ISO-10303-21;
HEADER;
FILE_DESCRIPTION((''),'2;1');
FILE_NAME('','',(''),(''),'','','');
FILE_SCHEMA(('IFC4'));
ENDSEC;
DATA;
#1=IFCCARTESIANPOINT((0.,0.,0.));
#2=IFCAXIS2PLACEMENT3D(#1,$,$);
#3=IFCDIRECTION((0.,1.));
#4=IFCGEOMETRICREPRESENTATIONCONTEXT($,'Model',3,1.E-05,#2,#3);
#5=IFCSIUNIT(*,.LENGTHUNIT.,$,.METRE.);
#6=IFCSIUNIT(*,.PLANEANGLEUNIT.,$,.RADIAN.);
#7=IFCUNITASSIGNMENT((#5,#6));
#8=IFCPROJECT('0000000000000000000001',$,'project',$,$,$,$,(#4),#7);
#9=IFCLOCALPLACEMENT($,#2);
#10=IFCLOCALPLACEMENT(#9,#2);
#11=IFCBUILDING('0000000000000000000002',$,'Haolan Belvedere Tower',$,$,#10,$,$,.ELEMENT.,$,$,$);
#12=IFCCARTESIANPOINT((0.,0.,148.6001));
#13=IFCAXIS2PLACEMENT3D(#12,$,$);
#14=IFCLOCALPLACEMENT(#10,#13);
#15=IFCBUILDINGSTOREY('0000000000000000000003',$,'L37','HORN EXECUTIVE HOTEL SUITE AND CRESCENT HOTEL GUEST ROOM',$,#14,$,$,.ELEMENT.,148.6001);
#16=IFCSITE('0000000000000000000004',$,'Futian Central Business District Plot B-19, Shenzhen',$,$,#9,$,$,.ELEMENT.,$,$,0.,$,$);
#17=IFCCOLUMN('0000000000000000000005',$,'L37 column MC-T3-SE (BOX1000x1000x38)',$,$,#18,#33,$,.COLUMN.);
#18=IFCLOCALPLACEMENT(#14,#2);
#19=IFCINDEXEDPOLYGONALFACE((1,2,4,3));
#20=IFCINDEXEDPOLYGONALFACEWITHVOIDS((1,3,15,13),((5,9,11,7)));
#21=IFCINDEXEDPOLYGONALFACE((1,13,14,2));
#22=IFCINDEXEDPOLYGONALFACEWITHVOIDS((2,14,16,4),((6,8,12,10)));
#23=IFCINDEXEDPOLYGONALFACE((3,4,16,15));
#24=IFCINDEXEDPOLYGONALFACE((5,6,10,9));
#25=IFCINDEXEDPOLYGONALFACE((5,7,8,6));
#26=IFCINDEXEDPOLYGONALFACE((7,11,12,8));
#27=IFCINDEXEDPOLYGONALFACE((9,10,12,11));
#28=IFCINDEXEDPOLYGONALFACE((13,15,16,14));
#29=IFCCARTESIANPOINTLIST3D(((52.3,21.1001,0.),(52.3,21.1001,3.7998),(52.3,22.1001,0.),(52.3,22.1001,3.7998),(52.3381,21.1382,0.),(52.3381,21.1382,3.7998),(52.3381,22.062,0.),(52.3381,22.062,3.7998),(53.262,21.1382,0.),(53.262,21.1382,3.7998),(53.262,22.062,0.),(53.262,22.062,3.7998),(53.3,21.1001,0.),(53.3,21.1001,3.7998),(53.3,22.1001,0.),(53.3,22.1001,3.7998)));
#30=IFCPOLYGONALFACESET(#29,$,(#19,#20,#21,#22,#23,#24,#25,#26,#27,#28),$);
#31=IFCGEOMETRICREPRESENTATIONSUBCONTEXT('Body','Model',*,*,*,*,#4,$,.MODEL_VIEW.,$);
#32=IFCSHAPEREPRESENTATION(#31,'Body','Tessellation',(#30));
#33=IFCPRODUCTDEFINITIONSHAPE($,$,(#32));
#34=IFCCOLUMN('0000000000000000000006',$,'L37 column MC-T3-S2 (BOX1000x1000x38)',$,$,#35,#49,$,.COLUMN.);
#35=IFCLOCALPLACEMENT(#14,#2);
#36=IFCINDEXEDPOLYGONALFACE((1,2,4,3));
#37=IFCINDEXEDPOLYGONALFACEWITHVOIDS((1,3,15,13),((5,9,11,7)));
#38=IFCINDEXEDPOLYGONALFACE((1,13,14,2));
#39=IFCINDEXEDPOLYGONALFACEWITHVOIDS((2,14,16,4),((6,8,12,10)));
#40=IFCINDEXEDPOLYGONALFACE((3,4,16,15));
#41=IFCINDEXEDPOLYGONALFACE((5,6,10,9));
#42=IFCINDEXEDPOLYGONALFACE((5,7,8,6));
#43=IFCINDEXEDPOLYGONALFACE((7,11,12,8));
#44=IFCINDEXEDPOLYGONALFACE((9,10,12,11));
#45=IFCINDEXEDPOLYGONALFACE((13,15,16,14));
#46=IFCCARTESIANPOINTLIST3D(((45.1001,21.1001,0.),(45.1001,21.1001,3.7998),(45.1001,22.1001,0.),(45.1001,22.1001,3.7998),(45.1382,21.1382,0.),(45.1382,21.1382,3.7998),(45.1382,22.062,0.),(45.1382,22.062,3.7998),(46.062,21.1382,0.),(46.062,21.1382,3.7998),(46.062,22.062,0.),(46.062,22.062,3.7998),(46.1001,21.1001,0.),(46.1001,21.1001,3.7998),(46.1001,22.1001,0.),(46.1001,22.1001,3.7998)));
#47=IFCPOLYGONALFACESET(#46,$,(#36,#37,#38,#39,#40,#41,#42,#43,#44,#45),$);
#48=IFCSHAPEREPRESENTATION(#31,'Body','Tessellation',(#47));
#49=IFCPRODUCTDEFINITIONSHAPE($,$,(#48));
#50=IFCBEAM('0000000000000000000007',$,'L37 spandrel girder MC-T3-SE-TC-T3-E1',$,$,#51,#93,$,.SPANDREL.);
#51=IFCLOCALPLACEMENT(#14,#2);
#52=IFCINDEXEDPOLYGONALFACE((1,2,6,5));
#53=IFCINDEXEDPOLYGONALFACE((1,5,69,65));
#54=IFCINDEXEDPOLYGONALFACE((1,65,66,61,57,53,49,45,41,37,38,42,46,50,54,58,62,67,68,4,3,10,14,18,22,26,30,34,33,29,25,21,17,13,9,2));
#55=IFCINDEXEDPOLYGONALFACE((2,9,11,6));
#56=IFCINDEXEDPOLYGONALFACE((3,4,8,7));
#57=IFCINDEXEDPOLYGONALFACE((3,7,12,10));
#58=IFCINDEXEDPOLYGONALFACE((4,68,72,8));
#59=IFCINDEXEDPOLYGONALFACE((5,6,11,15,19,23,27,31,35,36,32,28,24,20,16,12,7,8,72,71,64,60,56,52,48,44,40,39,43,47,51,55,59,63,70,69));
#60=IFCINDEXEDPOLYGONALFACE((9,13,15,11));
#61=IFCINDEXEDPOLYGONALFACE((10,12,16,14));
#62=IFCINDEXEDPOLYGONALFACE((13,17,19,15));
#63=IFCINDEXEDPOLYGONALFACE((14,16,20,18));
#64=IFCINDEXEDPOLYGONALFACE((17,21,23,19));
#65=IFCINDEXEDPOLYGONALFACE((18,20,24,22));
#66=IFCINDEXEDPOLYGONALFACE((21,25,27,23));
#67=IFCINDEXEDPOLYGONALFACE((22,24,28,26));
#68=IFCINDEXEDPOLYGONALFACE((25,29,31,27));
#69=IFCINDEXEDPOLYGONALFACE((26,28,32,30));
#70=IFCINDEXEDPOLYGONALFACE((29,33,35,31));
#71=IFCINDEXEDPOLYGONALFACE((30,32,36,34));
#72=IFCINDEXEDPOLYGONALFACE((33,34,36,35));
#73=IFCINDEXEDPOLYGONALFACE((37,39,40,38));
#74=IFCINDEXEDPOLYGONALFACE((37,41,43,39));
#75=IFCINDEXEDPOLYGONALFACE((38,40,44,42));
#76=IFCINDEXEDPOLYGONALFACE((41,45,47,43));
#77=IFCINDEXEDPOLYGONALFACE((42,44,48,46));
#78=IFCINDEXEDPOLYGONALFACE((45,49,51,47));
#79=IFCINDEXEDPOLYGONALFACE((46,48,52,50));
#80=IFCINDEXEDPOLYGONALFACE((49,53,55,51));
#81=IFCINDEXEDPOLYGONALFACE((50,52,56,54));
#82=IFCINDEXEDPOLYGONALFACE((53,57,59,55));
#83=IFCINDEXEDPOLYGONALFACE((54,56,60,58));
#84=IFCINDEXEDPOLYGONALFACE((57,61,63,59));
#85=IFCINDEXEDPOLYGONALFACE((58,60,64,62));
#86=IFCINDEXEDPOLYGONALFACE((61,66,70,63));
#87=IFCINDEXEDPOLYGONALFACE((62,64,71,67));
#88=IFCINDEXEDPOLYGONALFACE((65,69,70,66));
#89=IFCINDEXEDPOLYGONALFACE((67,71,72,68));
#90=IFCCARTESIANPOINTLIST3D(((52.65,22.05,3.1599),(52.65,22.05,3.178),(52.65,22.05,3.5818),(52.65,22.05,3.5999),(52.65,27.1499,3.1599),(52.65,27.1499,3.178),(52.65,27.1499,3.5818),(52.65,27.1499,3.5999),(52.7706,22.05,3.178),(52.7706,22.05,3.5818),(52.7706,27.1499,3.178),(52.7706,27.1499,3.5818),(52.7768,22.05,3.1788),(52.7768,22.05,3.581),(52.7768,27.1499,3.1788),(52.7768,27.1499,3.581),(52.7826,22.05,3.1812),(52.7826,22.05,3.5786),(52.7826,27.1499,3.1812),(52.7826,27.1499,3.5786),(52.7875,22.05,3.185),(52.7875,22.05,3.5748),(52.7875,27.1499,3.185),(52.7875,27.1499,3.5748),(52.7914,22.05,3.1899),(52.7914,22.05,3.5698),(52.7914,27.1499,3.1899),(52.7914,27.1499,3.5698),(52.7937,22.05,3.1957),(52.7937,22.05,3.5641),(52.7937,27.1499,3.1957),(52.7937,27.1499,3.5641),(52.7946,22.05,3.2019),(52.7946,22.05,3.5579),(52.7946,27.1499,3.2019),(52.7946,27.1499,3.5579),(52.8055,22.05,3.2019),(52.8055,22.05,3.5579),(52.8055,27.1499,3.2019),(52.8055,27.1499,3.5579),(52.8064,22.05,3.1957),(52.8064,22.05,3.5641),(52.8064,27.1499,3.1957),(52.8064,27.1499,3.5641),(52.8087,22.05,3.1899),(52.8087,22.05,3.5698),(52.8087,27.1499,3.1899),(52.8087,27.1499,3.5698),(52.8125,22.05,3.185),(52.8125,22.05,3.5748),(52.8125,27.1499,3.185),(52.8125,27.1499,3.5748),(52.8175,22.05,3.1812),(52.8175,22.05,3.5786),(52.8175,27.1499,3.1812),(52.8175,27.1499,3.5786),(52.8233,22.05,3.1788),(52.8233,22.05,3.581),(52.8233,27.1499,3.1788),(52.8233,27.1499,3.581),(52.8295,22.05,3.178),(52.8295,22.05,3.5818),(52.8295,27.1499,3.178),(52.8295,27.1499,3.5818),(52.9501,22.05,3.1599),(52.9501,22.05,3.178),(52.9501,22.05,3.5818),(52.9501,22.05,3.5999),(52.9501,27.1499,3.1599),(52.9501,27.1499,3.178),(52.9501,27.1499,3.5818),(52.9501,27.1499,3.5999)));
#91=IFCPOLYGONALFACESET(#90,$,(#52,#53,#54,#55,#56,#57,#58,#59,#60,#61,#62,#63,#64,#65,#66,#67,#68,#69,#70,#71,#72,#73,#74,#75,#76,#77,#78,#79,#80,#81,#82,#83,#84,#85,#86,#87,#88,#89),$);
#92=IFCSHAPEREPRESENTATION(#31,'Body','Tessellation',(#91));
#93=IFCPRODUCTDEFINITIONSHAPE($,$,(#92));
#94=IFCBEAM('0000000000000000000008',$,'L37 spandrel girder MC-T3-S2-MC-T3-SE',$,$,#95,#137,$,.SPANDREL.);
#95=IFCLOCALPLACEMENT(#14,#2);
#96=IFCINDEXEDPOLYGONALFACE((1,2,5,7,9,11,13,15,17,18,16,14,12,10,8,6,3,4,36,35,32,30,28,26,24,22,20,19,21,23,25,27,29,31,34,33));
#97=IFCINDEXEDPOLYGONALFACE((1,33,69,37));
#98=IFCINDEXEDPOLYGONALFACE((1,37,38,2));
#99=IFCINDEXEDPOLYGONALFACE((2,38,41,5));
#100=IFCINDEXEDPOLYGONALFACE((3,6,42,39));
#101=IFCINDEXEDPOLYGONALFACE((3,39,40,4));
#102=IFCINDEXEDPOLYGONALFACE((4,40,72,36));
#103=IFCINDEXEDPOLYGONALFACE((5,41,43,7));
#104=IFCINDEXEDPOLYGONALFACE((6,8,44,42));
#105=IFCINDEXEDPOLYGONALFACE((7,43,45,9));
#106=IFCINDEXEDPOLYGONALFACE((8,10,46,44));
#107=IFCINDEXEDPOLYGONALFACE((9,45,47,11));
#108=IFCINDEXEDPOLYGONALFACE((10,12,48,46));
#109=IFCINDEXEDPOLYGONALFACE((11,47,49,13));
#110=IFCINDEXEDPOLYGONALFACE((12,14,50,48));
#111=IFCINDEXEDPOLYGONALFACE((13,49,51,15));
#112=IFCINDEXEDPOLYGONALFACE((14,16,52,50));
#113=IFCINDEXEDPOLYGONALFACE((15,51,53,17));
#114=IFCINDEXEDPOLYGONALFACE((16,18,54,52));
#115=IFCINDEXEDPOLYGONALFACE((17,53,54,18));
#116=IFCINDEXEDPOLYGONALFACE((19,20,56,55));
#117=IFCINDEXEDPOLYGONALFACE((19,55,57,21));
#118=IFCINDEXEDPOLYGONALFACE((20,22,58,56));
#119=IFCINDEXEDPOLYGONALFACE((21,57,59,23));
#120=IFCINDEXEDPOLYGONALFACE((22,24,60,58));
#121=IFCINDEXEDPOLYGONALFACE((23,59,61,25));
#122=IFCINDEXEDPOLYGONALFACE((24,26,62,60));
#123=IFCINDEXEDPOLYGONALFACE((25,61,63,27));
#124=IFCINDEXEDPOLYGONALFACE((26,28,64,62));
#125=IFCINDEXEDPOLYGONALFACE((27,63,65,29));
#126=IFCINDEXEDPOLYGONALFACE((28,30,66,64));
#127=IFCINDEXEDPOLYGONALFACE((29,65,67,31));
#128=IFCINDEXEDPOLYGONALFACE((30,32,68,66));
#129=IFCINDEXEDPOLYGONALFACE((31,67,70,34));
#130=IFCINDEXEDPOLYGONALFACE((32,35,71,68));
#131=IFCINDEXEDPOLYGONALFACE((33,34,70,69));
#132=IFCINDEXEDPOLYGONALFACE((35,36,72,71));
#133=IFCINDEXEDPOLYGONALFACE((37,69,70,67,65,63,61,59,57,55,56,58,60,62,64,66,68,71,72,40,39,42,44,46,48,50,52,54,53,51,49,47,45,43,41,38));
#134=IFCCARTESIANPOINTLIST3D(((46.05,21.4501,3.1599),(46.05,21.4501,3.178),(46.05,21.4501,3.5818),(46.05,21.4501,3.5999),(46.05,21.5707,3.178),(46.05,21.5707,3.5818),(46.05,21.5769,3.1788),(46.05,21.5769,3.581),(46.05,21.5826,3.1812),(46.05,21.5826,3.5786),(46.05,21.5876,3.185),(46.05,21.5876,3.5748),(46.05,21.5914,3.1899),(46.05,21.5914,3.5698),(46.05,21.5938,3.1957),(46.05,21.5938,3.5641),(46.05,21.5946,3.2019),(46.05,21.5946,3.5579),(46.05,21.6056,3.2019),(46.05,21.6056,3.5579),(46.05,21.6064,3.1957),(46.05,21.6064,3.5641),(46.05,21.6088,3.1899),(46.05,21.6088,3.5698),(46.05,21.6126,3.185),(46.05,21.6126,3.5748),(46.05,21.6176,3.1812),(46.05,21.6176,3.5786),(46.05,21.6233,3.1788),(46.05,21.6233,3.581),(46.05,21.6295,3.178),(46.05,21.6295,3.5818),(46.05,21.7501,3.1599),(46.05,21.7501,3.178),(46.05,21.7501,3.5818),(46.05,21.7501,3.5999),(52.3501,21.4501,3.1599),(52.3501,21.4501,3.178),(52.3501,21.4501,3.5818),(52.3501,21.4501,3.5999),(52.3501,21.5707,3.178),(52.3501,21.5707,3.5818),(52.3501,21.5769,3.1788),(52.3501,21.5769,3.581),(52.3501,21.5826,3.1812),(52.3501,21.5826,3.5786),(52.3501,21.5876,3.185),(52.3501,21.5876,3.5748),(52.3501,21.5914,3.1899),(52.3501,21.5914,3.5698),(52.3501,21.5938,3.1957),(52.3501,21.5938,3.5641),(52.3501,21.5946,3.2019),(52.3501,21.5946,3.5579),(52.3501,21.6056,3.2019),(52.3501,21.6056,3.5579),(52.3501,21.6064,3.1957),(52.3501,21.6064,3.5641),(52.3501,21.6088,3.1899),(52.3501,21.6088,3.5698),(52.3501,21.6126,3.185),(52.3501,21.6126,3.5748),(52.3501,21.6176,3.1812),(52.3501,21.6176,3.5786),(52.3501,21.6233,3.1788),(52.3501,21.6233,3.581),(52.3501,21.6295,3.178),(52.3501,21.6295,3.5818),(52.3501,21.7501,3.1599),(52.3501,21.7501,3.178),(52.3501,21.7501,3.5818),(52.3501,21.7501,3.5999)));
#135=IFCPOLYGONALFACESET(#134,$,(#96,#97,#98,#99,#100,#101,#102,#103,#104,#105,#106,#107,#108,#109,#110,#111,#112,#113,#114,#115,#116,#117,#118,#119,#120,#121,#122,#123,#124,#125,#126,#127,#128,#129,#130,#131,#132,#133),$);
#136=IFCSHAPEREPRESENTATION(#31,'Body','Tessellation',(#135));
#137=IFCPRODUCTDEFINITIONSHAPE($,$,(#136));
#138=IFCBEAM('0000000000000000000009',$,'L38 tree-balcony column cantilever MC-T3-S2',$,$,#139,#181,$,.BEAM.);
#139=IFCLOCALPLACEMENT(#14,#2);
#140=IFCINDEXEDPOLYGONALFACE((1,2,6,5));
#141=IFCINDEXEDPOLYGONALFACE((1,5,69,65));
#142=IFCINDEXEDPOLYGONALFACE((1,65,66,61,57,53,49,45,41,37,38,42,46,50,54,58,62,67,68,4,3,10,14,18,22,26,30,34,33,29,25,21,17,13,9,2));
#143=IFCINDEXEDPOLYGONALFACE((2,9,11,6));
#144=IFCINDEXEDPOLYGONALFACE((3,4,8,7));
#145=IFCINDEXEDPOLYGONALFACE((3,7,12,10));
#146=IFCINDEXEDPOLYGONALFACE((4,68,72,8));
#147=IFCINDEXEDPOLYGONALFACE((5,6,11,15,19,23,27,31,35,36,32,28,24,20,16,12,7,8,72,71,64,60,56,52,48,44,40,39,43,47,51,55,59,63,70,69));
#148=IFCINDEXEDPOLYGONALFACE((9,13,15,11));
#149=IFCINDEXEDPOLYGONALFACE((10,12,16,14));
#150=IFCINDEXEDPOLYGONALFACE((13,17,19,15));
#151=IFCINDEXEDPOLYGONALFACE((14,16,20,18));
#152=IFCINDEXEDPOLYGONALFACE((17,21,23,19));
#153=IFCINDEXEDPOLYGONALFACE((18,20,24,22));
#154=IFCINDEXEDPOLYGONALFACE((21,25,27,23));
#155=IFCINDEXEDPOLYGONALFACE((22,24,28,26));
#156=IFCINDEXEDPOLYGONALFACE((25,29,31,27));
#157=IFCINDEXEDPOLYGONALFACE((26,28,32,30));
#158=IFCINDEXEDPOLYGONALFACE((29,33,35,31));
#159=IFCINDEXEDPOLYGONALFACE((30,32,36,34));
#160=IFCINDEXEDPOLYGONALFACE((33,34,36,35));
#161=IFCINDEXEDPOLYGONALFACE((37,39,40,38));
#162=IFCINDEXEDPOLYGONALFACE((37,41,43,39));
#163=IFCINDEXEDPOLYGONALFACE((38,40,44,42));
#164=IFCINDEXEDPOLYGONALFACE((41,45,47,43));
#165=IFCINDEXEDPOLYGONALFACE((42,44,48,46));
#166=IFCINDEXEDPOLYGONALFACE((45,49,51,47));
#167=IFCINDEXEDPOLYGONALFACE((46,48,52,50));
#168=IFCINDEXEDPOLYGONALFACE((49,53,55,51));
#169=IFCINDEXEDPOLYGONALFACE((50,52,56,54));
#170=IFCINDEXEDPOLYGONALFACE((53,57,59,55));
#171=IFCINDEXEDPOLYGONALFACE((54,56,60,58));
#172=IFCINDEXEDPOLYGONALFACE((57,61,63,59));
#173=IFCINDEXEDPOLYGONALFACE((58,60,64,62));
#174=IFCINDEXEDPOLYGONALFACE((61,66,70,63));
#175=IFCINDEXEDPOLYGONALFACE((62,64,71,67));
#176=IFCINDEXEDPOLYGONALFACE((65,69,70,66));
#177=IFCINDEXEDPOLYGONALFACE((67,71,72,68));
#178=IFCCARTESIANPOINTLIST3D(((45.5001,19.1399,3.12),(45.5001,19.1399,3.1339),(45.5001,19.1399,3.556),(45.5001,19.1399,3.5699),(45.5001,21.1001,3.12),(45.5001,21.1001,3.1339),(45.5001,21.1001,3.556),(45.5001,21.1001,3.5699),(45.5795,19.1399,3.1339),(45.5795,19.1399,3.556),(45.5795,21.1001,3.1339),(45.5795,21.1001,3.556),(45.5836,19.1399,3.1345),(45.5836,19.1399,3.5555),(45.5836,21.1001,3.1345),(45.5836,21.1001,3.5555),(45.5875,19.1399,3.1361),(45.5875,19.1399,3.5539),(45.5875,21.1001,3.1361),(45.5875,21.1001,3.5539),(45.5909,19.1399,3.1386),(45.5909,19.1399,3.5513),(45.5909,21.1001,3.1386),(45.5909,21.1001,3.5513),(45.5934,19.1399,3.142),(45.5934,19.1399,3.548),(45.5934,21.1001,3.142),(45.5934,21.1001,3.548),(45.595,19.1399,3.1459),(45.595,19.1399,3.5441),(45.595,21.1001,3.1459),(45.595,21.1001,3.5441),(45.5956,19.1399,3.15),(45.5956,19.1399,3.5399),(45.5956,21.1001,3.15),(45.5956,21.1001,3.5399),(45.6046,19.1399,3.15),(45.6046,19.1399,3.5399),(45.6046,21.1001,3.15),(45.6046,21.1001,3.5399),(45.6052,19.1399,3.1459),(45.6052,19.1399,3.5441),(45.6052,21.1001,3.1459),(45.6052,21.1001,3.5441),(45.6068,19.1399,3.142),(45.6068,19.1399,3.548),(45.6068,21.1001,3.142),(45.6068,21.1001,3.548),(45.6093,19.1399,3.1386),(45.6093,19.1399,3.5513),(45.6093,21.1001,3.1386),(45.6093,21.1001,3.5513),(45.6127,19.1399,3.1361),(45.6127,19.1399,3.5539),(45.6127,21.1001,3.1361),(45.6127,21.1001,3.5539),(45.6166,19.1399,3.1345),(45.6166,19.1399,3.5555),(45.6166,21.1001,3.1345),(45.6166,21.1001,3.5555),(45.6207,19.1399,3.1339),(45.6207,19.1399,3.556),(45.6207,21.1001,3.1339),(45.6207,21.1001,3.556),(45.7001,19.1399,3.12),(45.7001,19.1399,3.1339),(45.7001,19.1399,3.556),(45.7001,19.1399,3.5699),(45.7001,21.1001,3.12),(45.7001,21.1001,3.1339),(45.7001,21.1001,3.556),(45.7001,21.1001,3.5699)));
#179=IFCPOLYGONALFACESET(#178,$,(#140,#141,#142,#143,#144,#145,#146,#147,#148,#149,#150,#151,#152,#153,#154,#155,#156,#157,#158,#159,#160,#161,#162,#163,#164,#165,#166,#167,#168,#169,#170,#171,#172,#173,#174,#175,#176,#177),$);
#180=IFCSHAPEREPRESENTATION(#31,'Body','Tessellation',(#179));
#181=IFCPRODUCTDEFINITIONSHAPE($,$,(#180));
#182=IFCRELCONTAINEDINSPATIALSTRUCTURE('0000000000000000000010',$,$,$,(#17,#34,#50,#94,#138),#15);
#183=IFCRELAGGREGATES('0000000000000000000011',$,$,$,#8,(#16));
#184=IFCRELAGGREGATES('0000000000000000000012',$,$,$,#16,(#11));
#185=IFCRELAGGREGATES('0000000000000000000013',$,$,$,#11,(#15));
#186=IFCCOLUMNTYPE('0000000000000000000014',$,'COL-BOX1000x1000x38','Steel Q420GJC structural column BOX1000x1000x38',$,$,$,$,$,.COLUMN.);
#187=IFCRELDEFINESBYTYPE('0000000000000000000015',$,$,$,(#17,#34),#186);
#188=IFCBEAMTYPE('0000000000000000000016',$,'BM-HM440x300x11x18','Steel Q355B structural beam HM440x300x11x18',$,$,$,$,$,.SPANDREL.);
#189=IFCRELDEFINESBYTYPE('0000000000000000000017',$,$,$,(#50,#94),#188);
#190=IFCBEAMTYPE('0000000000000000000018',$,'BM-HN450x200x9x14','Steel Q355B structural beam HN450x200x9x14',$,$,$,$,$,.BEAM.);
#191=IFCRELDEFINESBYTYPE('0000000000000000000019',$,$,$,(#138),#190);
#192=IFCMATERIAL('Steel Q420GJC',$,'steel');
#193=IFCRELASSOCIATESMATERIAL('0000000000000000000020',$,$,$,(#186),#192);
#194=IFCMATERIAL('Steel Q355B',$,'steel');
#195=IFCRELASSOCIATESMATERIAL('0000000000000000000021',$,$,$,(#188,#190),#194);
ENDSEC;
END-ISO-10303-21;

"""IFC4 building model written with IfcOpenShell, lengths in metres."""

from ifc_helpers import new_model, si_unit, direction, frame, origin, origin_2d, place, context, subcontext, project, spatial, hollow_rectangle, i_section, extrude, material, material_profile, profile_set, type_object, element, save


model = new_model("IFC4")

# Units and contexts
model_context = context("Model", 3, precision=1e-05, world=origin(), true_north=direction((0.0, 1.0)))
body_context = subcontext(model_context, "Body", "Model", "MODEL_VIEW")
ifc_project = project(units=[si_unit("LENGTHUNIT", "METRE"), si_unit("PLANEANGLEUNIT", "RADIAN")], contexts=[model_context])

# Site, building, storey
site_placement = place(None, origin())
site = spatial("IfcSite", under=ifc_project, at=site_placement, Name="Futian Central Business District Plot B-19, Shenzhen", CompositionType="ELEMENT", RefElevation=0.0)
building_placement = place(site_placement, origin())
building = spatial("IfcBuilding", under=site, at=building_placement, Name="Haolan Belvedere Tower", CompositionType="ELEMENT")
storey_placement = place(building_placement, frame((0.0, 0.0, 148.6001)))
storey = spatial("IfcBuildingStorey", under=building, at=storey_placement, Name="L37", Description="HORN EXECUTIVE HOTEL SUITE AND CRESCENT HOTEL GUEST ROOM", CompositionType="ELEMENT", Elevation=148.6001)

# Columns
ifc_material_1 = material(Name="Steel Q420GJC", Category="steel")
ifc_material_profile_1 = material_profile(ifc_material_1, hollow_rectangle(XDim=1.0, YDim=1.0, WallThickness=0.0381, at=origin_2d()), Name="Steel Q420GJC")
ifc_profile_set_1 = profile_set([ifc_material_profile_1], Name="Steel Q420GJC")
column_type = type_object("IfcColumnType", Name="COL-BOX1000x1000x38", Description="Steel Q420GJC structural column BOX1000x1000x38", PredefinedType="COLUMN", material=ifc_profile_set_1)
for number, where, z_axis, x_axis, name in (
    (1, (52.8, 21.6001, 0.0), (0.0, 0.0, 1.0), (1.0, 0.0, 0.0), "L37 column MC-T3-SE (BOX1000x1000x38)"),
    (2, (45.6001, 21.6001, 0.0), (0.0, 0.0, 1.0), (1.0, 0.0, 0.0), "L37 column MC-T3-S2 (BOX1000x1000x38)"),
):
    element("IfcColumn", number, at=place(storey_placement, frame(where, z_axis=z_axis, x_axis=x_axis)), inside=storey, type_object=column_type, Name=name, PredefinedType="COLUMN", context=body_context, shape_type="SweptSolid", body=[
        extrude(hollow_rectangle(XDim=1.0, YDim=1.0, WallThickness=0.0381, at=origin_2d()), origin(), (0.0, 0.0, 1.0), 3.7998),
    ])

# Beams
ifc_material_2 = material(Name="Steel Q355B", Category="steel")
ifc_material_profile_2 = material_profile(ifc_material_2, i_section(OverallWidth=0.3, OverallDepth=0.4399, WebThickness=0.011, FlangeThickness=0.0181, FilletRadius=0.0239, at=origin_2d()), Name="Steel Q355B")
ifc_profile_set_2 = profile_set([ifc_material_profile_2], Name="Steel Q355B")
beam_type_1 = type_object("IfcBeamType", Name="BM-HM440x300x11x18", Description="Steel Q355B structural beam HM440x300x11x18", PredefinedType="SPANDREL", material=ifc_profile_set_2)
beam_1_placement = place(storey_placement, frame((52.8, 22.05, 3.3799), z_axis=(0.0, 1.0, 0.0), x_axis=(-1.0, 0.0, 0.0)))
element("IfcBeam", 3, at=beam_1_placement, inside=storey, type_object=beam_type_1, Name="L37 spandrel girder MC-T3-SE-TC-T3-E1", PredefinedType="SPANDREL", context=body_context, shape_type="SweptSolid", body=[
    extrude(i_section(OverallWidth=0.3, OverallDepth=0.4399, WebThickness=0.011, FlangeThickness=0.0181, FilletRadius=0.0239, at=origin_2d()), origin(), (0.0, 0.0, 1.0), 5.0999),
])
beam_2_placement = place(storey_placement, frame((46.05, 21.6001, 3.3799), z_axis=(1.0, 0.0, 0.0), x_axis=(0.0, 1.0, 0.0)))
element("IfcBeam", 4, at=beam_2_placement, inside=storey, type_object=beam_type_1, Name="L37 spandrel girder MC-T3-S2-MC-T3-SE", PredefinedType="SPANDREL", context=body_context, shape_type="SweptSolid", body=[
    extrude(i_section(OverallWidth=0.3, OverallDepth=0.4399, WebThickness=0.011, FlangeThickness=0.0181, FilletRadius=0.0239, at=origin_2d()), origin(), (0.0, 0.0, 1.0), 6.3),
])
ifc_material_profile_3 = material_profile(ifc_material_2, i_section(OverallWidth=0.2, OverallDepth=0.45, WebThickness=0.009, FlangeThickness=0.0139, FilletRadius=0.0161, at=origin_2d()), Name="Steel Q355B")
ifc_profile_set_3 = profile_set([ifc_material_profile_3], Name="Steel Q355B")
beam_type_2 = type_object("IfcBeamType", Name="BM-HN450x200x9x14", Description="Steel Q355B structural beam HN450x200x9x14", PredefinedType="BEAM", material=ifc_profile_set_3)
beam_3_placement = place(storey_placement, frame((45.6001, 21.1001, 3.345), z_axis=(0.0, -1.0, 0.0), x_axis=(1.0, 0.0, 0.0)))
element("IfcBeam", 5, at=beam_3_placement, inside=storey, type_object=beam_type_2, Name="L38 tree-balcony column cantilever MC-T3-S2", PredefinedType="BEAM", context=body_context, shape_type="SweptSolid", body=[
    extrude(i_section(OverallWidth=0.2, OverallDepth=0.45, WebThickness=0.009, FlangeThickness=0.0139, FilletRadius=0.0161, at=origin_2d()), origin(), (0.0, 0.0, 1.0), 1.9602),
])

save(model, "model.ifc")
